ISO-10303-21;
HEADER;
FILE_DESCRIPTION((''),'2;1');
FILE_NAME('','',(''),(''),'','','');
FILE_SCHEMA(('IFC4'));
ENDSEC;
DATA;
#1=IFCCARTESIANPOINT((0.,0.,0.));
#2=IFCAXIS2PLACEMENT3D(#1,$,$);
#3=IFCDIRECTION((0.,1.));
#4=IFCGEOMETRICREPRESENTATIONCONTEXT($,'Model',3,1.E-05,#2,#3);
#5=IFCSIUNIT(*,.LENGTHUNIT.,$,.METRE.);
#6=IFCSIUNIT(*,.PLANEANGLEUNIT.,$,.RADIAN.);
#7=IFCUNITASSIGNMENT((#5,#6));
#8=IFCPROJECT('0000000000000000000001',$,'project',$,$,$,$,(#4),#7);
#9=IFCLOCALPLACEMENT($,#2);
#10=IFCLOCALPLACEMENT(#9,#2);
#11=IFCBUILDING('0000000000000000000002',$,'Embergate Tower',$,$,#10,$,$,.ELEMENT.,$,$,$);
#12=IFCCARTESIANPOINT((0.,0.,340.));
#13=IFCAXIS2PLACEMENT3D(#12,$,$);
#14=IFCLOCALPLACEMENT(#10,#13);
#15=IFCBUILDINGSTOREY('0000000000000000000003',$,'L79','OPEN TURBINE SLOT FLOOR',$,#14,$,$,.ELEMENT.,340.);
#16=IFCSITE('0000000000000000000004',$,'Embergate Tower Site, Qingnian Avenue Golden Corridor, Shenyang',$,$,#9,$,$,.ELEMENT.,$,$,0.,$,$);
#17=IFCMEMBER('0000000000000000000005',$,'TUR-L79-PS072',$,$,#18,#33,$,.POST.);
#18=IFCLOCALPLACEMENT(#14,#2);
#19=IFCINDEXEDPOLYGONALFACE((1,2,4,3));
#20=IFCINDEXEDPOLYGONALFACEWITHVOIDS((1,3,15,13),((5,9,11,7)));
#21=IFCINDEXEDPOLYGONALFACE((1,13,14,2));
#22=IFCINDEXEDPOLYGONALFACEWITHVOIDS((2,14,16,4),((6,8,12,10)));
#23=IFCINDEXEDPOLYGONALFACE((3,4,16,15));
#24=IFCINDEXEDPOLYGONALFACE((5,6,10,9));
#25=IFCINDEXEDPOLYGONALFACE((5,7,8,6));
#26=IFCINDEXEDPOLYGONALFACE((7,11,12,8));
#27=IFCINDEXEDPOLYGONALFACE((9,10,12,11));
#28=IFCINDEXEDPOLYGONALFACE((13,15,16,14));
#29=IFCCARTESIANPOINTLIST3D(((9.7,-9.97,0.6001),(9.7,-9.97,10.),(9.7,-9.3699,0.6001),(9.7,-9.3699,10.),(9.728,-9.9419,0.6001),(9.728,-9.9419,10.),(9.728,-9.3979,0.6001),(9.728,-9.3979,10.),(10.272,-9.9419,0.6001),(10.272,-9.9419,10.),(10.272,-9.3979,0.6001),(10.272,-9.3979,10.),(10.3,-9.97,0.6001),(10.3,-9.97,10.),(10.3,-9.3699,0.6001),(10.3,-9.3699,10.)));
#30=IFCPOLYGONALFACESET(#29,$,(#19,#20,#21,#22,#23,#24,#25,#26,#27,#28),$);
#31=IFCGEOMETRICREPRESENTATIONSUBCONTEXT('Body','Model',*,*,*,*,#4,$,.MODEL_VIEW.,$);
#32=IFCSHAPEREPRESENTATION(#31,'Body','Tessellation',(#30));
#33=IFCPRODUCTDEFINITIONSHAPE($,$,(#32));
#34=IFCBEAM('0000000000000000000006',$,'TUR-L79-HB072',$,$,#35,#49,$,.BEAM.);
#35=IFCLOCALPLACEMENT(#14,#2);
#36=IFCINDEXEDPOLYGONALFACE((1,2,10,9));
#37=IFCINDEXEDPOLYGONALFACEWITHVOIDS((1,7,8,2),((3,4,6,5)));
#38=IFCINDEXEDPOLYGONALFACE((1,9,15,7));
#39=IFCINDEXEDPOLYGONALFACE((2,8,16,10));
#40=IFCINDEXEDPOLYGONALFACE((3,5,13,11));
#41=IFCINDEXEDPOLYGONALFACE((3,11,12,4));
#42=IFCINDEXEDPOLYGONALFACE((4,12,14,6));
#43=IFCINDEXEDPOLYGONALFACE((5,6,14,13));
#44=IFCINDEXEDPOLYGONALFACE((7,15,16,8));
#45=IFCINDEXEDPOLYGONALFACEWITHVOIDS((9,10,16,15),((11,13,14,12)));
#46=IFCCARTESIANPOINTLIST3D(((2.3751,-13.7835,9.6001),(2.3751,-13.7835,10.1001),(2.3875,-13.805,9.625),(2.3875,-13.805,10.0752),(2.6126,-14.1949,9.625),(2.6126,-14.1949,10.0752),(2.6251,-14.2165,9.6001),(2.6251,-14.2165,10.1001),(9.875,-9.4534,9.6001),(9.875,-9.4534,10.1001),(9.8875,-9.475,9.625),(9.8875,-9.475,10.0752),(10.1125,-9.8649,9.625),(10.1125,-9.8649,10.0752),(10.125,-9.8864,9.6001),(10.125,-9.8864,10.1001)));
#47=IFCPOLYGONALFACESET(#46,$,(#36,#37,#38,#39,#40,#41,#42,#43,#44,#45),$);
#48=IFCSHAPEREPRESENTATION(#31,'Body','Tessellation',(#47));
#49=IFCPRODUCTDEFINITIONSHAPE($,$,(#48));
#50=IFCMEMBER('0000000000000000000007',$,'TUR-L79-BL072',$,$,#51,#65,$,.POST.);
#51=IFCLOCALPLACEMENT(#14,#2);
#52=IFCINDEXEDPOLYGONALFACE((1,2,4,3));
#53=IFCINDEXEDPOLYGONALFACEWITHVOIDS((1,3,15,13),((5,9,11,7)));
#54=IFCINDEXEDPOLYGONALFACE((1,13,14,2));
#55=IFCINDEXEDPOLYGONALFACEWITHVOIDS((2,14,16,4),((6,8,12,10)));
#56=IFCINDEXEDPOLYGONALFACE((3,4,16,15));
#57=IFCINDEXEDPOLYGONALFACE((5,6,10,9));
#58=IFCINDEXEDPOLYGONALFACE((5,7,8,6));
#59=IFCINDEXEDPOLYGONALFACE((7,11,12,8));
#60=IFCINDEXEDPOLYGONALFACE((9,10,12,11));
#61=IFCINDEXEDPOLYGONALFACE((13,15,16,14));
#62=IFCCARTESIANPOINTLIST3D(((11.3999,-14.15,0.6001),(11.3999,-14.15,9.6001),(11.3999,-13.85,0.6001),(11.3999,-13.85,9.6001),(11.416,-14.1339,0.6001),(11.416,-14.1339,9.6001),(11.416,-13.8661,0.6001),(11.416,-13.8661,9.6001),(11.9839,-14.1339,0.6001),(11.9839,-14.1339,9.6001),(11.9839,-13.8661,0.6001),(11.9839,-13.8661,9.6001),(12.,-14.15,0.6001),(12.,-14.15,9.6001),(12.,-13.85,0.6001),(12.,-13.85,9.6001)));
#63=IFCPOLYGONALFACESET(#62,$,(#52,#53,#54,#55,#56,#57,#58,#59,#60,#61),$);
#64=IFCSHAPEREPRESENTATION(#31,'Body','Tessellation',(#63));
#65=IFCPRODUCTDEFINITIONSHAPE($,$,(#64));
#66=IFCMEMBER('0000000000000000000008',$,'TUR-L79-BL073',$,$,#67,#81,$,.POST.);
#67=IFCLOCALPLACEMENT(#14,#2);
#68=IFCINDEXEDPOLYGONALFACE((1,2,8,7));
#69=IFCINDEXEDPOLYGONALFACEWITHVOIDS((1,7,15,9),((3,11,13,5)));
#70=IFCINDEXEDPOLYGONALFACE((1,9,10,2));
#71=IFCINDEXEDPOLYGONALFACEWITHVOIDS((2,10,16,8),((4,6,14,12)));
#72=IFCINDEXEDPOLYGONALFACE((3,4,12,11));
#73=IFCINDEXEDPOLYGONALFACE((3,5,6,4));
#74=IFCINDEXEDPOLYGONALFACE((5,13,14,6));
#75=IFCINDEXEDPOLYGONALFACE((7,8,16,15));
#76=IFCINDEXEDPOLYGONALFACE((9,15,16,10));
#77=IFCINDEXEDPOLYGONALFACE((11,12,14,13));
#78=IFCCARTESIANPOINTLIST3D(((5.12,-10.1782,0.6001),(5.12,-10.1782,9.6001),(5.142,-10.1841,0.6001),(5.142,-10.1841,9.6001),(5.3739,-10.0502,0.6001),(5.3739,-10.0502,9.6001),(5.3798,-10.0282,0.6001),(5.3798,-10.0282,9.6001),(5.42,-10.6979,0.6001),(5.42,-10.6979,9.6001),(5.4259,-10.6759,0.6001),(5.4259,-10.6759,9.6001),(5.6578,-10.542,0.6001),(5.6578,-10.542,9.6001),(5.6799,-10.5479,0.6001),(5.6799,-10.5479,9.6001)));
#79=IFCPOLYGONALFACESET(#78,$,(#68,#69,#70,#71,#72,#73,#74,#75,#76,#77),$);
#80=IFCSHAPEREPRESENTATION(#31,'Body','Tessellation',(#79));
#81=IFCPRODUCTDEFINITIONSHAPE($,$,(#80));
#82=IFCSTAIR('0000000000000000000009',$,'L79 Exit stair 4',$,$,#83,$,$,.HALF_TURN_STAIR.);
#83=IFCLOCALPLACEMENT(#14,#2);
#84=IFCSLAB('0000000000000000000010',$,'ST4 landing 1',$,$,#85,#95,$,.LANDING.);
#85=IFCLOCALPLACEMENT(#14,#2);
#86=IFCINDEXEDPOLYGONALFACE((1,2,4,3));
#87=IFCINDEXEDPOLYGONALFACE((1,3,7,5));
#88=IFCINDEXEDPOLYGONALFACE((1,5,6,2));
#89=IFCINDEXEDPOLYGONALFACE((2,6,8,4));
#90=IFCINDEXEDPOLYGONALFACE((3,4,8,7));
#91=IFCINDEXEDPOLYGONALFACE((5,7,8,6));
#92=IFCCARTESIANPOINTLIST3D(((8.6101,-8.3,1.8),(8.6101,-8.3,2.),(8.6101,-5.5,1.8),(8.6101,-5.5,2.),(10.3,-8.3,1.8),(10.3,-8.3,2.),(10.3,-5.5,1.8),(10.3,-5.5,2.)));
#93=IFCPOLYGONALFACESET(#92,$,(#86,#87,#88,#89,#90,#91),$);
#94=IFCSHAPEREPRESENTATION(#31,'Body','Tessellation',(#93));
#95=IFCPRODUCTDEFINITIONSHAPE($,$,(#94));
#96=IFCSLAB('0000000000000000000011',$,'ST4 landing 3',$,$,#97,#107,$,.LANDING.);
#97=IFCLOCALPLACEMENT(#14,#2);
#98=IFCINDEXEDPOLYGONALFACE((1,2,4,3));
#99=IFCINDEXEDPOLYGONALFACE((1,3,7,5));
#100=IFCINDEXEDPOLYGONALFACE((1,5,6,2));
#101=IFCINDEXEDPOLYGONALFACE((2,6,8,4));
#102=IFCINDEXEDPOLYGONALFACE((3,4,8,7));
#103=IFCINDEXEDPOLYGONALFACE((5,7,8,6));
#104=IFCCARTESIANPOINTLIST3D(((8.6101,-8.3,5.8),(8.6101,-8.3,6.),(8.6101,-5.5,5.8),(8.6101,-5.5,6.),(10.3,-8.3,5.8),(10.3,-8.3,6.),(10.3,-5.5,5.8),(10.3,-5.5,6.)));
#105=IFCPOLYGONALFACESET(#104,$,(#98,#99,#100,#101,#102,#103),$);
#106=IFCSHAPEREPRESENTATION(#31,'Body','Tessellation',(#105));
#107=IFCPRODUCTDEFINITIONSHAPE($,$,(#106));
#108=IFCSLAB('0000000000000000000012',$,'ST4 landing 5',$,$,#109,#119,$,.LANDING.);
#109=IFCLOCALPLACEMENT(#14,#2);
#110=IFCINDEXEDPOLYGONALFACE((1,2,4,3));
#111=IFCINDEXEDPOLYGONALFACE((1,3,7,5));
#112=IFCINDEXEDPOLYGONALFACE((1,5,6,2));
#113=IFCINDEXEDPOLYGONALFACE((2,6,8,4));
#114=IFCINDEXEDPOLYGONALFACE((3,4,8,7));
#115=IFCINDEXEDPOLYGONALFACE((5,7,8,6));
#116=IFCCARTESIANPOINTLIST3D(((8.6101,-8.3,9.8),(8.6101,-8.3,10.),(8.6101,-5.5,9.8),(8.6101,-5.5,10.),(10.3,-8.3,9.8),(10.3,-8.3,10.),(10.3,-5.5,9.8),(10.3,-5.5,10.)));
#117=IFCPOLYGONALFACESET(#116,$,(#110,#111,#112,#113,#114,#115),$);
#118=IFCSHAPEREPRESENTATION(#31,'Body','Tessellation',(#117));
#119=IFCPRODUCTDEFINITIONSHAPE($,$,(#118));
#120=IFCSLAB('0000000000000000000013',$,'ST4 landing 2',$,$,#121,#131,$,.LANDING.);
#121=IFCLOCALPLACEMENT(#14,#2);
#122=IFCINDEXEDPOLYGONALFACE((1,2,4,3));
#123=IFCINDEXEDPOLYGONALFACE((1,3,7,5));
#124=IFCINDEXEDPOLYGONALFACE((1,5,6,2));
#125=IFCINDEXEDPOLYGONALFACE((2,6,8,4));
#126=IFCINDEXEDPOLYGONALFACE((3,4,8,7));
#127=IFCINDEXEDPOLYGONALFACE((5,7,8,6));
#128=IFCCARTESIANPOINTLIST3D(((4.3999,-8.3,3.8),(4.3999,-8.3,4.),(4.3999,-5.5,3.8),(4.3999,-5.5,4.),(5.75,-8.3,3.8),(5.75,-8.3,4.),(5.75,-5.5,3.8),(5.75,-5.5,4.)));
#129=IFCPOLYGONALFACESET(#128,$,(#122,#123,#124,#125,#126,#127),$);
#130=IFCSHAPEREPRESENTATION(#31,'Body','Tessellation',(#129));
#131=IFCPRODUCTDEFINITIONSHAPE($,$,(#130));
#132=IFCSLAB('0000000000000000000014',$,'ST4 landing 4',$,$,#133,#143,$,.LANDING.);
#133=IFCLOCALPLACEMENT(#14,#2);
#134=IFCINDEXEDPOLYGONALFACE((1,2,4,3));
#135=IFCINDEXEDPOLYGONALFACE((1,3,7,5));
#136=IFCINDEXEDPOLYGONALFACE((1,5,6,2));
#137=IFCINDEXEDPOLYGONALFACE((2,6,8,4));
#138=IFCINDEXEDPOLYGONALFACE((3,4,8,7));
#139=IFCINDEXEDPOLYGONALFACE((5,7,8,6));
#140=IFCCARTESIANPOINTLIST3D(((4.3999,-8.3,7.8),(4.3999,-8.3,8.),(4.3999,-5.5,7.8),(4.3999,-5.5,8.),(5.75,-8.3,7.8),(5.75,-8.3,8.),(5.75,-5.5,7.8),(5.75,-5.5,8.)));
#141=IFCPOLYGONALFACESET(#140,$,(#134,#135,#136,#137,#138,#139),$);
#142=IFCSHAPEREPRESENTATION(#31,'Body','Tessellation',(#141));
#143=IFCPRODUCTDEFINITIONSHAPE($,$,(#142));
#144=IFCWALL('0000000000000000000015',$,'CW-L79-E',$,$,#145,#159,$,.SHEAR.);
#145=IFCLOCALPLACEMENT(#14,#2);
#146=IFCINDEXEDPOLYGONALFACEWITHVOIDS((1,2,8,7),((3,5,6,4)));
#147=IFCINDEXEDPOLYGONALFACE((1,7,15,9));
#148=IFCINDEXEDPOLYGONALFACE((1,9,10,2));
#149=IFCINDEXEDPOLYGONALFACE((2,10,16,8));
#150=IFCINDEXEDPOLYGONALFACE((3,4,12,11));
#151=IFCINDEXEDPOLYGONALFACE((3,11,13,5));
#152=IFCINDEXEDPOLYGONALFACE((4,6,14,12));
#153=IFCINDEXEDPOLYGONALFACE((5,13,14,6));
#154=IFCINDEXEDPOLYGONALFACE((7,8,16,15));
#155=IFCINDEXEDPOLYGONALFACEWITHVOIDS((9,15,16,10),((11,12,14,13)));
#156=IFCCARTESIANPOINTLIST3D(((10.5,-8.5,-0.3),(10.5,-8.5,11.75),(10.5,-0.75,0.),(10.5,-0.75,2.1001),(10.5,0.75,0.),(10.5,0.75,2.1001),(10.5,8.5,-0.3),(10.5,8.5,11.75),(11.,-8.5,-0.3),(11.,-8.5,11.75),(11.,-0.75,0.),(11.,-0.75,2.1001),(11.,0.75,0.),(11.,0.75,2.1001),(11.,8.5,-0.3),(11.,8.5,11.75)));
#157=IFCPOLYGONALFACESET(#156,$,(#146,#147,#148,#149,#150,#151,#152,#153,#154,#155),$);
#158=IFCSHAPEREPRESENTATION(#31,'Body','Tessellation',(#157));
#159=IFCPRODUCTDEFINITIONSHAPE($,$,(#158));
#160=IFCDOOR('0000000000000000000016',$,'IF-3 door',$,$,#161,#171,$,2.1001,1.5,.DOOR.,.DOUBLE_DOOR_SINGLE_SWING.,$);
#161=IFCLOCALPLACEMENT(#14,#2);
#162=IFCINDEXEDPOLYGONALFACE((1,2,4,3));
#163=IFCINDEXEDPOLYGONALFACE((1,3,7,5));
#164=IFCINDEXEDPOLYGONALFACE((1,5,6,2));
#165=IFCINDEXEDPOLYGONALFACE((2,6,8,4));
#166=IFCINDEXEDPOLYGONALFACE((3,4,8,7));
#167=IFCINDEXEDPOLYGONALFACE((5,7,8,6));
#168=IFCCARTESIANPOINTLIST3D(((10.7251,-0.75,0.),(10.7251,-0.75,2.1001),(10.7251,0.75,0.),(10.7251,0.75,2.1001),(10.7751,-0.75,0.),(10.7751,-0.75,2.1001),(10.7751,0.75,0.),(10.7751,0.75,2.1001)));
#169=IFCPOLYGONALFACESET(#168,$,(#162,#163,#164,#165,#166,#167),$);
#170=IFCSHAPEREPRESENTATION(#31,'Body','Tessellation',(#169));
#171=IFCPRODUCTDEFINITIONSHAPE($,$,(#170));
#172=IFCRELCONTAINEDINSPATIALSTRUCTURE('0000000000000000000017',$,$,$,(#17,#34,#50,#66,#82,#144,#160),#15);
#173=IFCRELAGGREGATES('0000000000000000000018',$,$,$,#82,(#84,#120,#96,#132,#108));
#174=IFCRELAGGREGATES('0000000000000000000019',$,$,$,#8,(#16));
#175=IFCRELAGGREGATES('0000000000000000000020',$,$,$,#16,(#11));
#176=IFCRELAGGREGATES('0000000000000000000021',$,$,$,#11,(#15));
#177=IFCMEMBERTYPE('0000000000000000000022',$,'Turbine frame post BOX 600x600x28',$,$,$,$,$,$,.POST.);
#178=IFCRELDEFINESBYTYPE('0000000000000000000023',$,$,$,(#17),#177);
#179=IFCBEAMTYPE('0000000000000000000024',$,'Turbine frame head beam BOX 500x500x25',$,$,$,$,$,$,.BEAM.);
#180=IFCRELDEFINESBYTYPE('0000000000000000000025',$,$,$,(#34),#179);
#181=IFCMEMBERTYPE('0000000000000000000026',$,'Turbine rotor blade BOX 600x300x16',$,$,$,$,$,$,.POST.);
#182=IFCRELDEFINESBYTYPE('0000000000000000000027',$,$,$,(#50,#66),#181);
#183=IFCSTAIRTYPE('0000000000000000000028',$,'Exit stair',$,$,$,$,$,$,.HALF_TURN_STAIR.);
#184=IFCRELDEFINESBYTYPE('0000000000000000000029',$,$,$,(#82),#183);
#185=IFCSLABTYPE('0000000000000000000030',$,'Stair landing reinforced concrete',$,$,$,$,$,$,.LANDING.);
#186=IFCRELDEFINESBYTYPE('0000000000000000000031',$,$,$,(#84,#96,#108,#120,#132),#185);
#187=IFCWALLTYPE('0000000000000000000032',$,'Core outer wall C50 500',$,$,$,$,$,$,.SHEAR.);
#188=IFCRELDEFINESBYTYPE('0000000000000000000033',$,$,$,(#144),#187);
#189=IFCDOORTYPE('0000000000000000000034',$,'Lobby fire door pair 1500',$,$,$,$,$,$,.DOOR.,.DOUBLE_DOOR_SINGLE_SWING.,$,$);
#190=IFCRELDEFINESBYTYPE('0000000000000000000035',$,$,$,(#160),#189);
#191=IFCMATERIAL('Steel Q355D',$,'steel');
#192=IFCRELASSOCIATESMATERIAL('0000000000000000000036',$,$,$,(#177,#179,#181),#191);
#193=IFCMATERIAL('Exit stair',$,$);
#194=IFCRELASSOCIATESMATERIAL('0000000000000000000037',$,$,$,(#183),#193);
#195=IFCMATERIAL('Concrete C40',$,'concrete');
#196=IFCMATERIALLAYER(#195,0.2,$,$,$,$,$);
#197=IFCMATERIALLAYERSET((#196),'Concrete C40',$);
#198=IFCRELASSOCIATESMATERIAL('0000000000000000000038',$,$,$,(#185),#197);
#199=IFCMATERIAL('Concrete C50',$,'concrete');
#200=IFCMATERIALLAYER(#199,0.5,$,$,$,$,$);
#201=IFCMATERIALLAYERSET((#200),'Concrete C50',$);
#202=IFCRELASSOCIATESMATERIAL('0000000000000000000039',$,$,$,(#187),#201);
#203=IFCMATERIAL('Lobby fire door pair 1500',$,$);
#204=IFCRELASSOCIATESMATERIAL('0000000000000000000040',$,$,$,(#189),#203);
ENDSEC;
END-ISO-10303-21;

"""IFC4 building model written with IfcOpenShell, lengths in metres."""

from ifc_helpers import new_model, si_unit, direction, frame, frame_2d, origin, origin_2d, place, context, subcontext, project, spatial, polyline, rectangle, hollow_rectangle, outline, extrude, source, transform, mapped, material, layer, layer_set, material_profile, profile_set, type_object, element, fill, aggregate, save


model = new_model("IFC4")

# Units and contexts
model_context = context("Model", 3, precision=1e-05, world=origin(), true_north=direction((0.0, 1.0)))
body_context = subcontext(model_context, "Body", "Model", "MODEL_VIEW")
ifc_project = project(units=[si_unit("LENGTHUNIT", "METRE"), si_unit("PLANEANGLEUNIT", "RADIAN")], contexts=[model_context])

# Site, building, storey
site_placement = place(None, origin())
site = spatial("IfcSite", under=ifc_project, at=site_placement, Name="Embergate Tower Site, Qingnian Avenue Golden Corridor, Shenyang", CompositionType="ELEMENT", RefElevation=0.0)
building_placement = place(site_placement, origin())
building = spatial("IfcBuilding", under=site, at=building_placement, Name="Embergate Tower", CompositionType="ELEMENT")
storey_placement = place(building_placement, frame((0.0, 0.0, 340.0)))
storey = spatial("IfcBuildingStorey", under=building, at=storey_placement, Name="L79", Description="OPEN TURBINE SLOT FLOOR", CompositionType="ELEMENT", Elevation=340.0)

# Member
ifc_material_1 = material(Name="Steel Q355D", Category="steel")
ifc_material_profile_1 = material_profile(ifc_material_1, hollow_rectangle(XDim=0.6001, YDim=0.6001, WallThickness=0.0281, at=origin_2d()), Name="BOX 600x600x28")
ifc_profile_set_1 = profile_set([ifc_material_profile_1], Name="Steel Q355 grade D")
member_type_1 = type_object("IfcMemberType", Name="Turbine frame post BOX 600x600x28", PredefinedType="POST", material=ifc_profile_set_1)
shared_shape_1 = source(origin(), body_context, "Body", "SweptSolid", [
    extrude(hollow_rectangle(XDim=0.6001, YDim=0.6001, WallThickness=0.0281, at=origin_2d()), origin(), (0.0, 0.0, 1.0), 9.3999),
])
member_placement = place(storey_placement, frame((10.0, -9.6699, 0.6001), z_axis=(0.0, 0.0, 1.0), x_axis=(1.0, 0.0, 0.0)))
element("IfcMember", 1, at=member_placement, inside=storey, type_object=member_type_1, Name="TUR-L79-PS072", PredefinedType="POST", context=body_context, shape_type="MappedRepresentation", body=[
    mapped(shared_shape_1, transform((0.0, 0.0, 0.0))),
])

# Beam
ifc_material_profile_2 = material_profile(ifc_material_1, hollow_rectangle(XDim=0.5, YDim=0.5, WallThickness=0.0249, at=origin_2d()), Name="BOX 500x500x25")
ifc_profile_set_2 = profile_set([ifc_material_profile_2], Name="Steel Q355 grade D")
beam_type = type_object("IfcBeamType", Name="Turbine frame head beam BOX 500x500x25", PredefinedType="BEAM", material=ifc_profile_set_2)
shared_shape_2 = source(origin(), body_context, "Body", "SweptSolid", [
    extrude(hollow_rectangle(XDim=0.5, YDim=0.5, WallThickness=0.0249, at=origin_2d()), origin(), (0.0, 0.0, 1.0), 8.6602),
])
beam_placement = place(storey_placement, frame((10.0, -9.6699, 9.8501), z_axis=(-0.866028, -0.499996, 0.0), x_axis=(0.499996, -0.866028, 0.0)))
element("IfcBeam", 2, at=beam_placement, inside=storey, type_object=beam_type, Name="TUR-L79-HB072", PredefinedType="BEAM", context=body_context, shape_type="MappedRepresentation", body=[
    mapped(shared_shape_2, transform((0.0, 0.0, 0.0))),
])

# Members
ifc_material_profile_3 = material_profile(ifc_material_1, hollow_rectangle(XDim=0.3, YDim=0.6001, WallThickness=0.0161, at=origin_2d()), Name="BOX 600x300x16")
ifc_profile_set_3 = profile_set([ifc_material_profile_3], Name="Steel Q355 grade D")
member_type_2 = type_object("IfcMemberType", Name="Turbine rotor blade BOX 600x300x16", PredefinedType="POST", material=ifc_profile_set_3)
shared_shape_3 = source(origin(), body_context, "Body", "SweptSolid", [
    extrude(hollow_rectangle(XDim=0.3, YDim=0.6001, WallThickness=0.0161, at=origin_2d()), origin(), (0.0, 0.0, 1.0), 9.0),
])
for number, where, z_axis, x_axis, name in (
    (3, (11.7, -14.0, 0.6001), (0.0, 0.0, 1.0), (0.0, 1.0, 0.0), "TUR-L79-BL072"),
    (4, (5.3999, -10.363, 0.6001), (0.0, 0.0, 1.0), (-0.866025, -0.5, 0.0), "TUR-L79-BL073"),
):
    element("IfcMember", number, at=place(storey_placement, frame(where, z_axis=z_axis, x_axis=x_axis)), inside=storey, type_object=member_type_2, Name=name, PredefinedType="POST", context=body_context, shape_type="MappedRepresentation", body=[
        mapped(shared_shape_3, transform((0.0, 0.0, 0.0))),
    ])

# Stair, slabs
ifc_material_2 = material(Name="Exit stair")
stair_type = type_object("IfcStairType", Name="Exit stair", PredefinedType="HALF_TURN_STAIR", material=ifc_material_2)
stair_placement = place(storey_placement, origin())
stair = element("IfcStair", 5, at=stair_placement, inside=storey, type_object=stair_type, Name="L79 Exit stair 4", PredefinedType="HALF_TURN_STAIR")
ifc_material_3 = material(Name="Concrete C40", Category="concrete")
ifc_layer_1 = layer(ifc_material_3, 0.2)
ifc_layer_set_1 = layer_set([ifc_layer_1], Name="Concrete C40")
slab_type = type_object("IfcSlabType", Name="Stair landing reinforced concrete", PredefinedType="LANDING", material=ifc_layer_set_1)
shared_shape_4 = source(origin(), body_context, "Body", "SweptSolid", [
    extrude(outline(polyline([(0.0, 0.0), (1.6899, 0.0), (1.6899, 2.8), (0.0, 2.8), (0.0, 0.0)])), origin(), (0.0, 0.0, 1.0), 0.2),
])
slab_1_placement = place(storey_placement, frame((8.6101, -8.3, 1.8)))
slab_1 = element("IfcSlab", 6, at=slab_1_placement, type_object=slab_type, Name="ST4 landing 1", PredefinedType="LANDING", context=body_context, shape_type="MappedRepresentation", body=[
    mapped(shared_shape_4, transform((0.0, 0.0, 0.0))),
])
slab_2_placement = place(storey_placement, frame((8.6101, -8.3, 5.8)))
slab_2 = element("IfcSlab", 7, at=slab_2_placement, type_object=slab_type, Name="ST4 landing 3", PredefinedType="LANDING", context=body_context, shape_type="MappedRepresentation", body=[
    mapped(shared_shape_4, transform((0.0, 0.0, 0.0))),
])
slab_3_placement = place(storey_placement, frame((8.6101, -8.3, 9.8)))
slab_3 = element("IfcSlab", 8, at=slab_3_placement, type_object=slab_type, Name="ST4 landing 5", PredefinedType="LANDING", context=body_context, shape_type="MappedRepresentation", body=[
    mapped(shared_shape_4, transform((0.0, 0.0, 0.0))),
])
shared_shape_5 = source(origin(), body_context, "Body", "SweptSolid", [
    extrude(outline(polyline([(0.0, 0.0), (1.3501, 0.0), (1.3501, 2.8), (0.0, 2.8), (0.0, 0.0)])), origin(), (0.0, 0.0, 1.0), 0.2),
])
slab_4_placement = place(storey_placement, frame((4.3999, -8.3, 3.8)))
slab_4 = element("IfcSlab", 9, at=slab_4_placement, type_object=slab_type, Name="ST4 landing 2", PredefinedType="LANDING", context=body_context, shape_type="MappedRepresentation", body=[
    mapped(shared_shape_5, transform((0.0, 0.0, 0.0))),
])
slab_5_placement = place(storey_placement, frame((4.3999, -8.3, 7.8)))
slab_5 = element("IfcSlab", 10, at=slab_5_placement, type_object=slab_type, Name="ST4 landing 4", PredefinedType="LANDING", context=body_context, shape_type="MappedRepresentation", body=[
    mapped(shared_shape_5, transform((0.0, 0.0, 0.0))),
])

# Wall, opening, door
ifc_material_4 = material(Name="Concrete C50", Category="concrete")
ifc_layer_2 = layer(ifc_material_4, 0.5)
ifc_layer_set_2 = layer_set([ifc_layer_2], Name="Concrete C50")
wall_type_1 = type_object("IfcWallType", Name="Core outer wall C50 500", PredefinedType="SHEAR", material=ifc_layer_set_2)
shared_shape_6 = source(origin(), body_context, "Body", "SweptSolid", [
    extrude(rectangle(XDim=17.0, YDim=0.5, at=frame_2d((8.5, 0.0))), origin(), (0.0, 0.0, 1.0), 12.05),
])
wall_1_placement = place(storey_placement, frame((10.75, -8.5, -0.3), z_axis=(0.0, 0.0, 1.0), x_axis=(0.0, 1.0, 0.0)))
wall_1 = element("IfcWall", 11, at=wall_1_placement, inside=storey, type_object=wall_type_1, Name="CW-L79-E", PredefinedType="SHEAR", context=body_context, shape_type="MappedRepresentation", body=[
    mapped(shared_shape_6, transform((0.0, 0.0, 0.0))),
])
shared_shape_7 = source(origin(), body_context, "Body", "SweptSolid", [
    extrude(rectangle(XDim=1.5, YDim=2.1001, at=frame_2d((0.75, 1.05))), frame((0.0, 0.26, 0.0), z_axis=(0.0, -1.0, 0.0), x_axis=(1.0, 0.0, 0.0)), (0.0, 0.0, 1.0), 0.52),
])
opening_placement = place(wall_1_placement, frame((7.75, 0.0, 0.3)))
opening = element("IfcOpeningElement", 12, at=opening_placement, cuts=wall_1, PredefinedType="OPENING", context=body_context, shape_type="MappedRepresentation", body=[
    mapped(shared_shape_7, transform((0.0, 0.0, 0.0))),
])
ifc_material_5 = material(Name="Lobby fire door pair 1500")
door_type = type_object("IfcDoorType", Name="Lobby fire door pair 1500", OperationType="DOUBLE_DOOR_SINGLE_SWING", PredefinedType="DOOR", material=ifc_material_5)
shared_shape_8 = source(origin(), body_context, "Body", "SweptSolid", [
    extrude(rectangle(XDim=1.5, YDim=2.1001, at=frame_2d((0.75, 1.05))), frame((0.0, 0.0249, 0.0), z_axis=(0.0, -1.0, 0.0), x_axis=(1.0, 0.0, 0.0)), (0.0, 0.0, 1.0), 0.05),
])
door_placement = place(opening_placement, origin())
door = element("IfcDoor", 13, at=door_placement, inside=storey, type_object=door_type, Name="IF-3 door", OperationType="DOUBLE_DOOR_SINGLE_SWING", OverallHeight=2.1001, OverallWidth=1.5, PredefinedType="DOOR", context=body_context, shape_type="MappedRepresentation", body=[
    mapped(shared_shape_8, transform((0.0, 0.0, 0.0))),
])
fill(opening, door)

aggregate(stair, [slab_1, slab_4, slab_2, slab_5, slab_3])

save(model, "model.ifc")
